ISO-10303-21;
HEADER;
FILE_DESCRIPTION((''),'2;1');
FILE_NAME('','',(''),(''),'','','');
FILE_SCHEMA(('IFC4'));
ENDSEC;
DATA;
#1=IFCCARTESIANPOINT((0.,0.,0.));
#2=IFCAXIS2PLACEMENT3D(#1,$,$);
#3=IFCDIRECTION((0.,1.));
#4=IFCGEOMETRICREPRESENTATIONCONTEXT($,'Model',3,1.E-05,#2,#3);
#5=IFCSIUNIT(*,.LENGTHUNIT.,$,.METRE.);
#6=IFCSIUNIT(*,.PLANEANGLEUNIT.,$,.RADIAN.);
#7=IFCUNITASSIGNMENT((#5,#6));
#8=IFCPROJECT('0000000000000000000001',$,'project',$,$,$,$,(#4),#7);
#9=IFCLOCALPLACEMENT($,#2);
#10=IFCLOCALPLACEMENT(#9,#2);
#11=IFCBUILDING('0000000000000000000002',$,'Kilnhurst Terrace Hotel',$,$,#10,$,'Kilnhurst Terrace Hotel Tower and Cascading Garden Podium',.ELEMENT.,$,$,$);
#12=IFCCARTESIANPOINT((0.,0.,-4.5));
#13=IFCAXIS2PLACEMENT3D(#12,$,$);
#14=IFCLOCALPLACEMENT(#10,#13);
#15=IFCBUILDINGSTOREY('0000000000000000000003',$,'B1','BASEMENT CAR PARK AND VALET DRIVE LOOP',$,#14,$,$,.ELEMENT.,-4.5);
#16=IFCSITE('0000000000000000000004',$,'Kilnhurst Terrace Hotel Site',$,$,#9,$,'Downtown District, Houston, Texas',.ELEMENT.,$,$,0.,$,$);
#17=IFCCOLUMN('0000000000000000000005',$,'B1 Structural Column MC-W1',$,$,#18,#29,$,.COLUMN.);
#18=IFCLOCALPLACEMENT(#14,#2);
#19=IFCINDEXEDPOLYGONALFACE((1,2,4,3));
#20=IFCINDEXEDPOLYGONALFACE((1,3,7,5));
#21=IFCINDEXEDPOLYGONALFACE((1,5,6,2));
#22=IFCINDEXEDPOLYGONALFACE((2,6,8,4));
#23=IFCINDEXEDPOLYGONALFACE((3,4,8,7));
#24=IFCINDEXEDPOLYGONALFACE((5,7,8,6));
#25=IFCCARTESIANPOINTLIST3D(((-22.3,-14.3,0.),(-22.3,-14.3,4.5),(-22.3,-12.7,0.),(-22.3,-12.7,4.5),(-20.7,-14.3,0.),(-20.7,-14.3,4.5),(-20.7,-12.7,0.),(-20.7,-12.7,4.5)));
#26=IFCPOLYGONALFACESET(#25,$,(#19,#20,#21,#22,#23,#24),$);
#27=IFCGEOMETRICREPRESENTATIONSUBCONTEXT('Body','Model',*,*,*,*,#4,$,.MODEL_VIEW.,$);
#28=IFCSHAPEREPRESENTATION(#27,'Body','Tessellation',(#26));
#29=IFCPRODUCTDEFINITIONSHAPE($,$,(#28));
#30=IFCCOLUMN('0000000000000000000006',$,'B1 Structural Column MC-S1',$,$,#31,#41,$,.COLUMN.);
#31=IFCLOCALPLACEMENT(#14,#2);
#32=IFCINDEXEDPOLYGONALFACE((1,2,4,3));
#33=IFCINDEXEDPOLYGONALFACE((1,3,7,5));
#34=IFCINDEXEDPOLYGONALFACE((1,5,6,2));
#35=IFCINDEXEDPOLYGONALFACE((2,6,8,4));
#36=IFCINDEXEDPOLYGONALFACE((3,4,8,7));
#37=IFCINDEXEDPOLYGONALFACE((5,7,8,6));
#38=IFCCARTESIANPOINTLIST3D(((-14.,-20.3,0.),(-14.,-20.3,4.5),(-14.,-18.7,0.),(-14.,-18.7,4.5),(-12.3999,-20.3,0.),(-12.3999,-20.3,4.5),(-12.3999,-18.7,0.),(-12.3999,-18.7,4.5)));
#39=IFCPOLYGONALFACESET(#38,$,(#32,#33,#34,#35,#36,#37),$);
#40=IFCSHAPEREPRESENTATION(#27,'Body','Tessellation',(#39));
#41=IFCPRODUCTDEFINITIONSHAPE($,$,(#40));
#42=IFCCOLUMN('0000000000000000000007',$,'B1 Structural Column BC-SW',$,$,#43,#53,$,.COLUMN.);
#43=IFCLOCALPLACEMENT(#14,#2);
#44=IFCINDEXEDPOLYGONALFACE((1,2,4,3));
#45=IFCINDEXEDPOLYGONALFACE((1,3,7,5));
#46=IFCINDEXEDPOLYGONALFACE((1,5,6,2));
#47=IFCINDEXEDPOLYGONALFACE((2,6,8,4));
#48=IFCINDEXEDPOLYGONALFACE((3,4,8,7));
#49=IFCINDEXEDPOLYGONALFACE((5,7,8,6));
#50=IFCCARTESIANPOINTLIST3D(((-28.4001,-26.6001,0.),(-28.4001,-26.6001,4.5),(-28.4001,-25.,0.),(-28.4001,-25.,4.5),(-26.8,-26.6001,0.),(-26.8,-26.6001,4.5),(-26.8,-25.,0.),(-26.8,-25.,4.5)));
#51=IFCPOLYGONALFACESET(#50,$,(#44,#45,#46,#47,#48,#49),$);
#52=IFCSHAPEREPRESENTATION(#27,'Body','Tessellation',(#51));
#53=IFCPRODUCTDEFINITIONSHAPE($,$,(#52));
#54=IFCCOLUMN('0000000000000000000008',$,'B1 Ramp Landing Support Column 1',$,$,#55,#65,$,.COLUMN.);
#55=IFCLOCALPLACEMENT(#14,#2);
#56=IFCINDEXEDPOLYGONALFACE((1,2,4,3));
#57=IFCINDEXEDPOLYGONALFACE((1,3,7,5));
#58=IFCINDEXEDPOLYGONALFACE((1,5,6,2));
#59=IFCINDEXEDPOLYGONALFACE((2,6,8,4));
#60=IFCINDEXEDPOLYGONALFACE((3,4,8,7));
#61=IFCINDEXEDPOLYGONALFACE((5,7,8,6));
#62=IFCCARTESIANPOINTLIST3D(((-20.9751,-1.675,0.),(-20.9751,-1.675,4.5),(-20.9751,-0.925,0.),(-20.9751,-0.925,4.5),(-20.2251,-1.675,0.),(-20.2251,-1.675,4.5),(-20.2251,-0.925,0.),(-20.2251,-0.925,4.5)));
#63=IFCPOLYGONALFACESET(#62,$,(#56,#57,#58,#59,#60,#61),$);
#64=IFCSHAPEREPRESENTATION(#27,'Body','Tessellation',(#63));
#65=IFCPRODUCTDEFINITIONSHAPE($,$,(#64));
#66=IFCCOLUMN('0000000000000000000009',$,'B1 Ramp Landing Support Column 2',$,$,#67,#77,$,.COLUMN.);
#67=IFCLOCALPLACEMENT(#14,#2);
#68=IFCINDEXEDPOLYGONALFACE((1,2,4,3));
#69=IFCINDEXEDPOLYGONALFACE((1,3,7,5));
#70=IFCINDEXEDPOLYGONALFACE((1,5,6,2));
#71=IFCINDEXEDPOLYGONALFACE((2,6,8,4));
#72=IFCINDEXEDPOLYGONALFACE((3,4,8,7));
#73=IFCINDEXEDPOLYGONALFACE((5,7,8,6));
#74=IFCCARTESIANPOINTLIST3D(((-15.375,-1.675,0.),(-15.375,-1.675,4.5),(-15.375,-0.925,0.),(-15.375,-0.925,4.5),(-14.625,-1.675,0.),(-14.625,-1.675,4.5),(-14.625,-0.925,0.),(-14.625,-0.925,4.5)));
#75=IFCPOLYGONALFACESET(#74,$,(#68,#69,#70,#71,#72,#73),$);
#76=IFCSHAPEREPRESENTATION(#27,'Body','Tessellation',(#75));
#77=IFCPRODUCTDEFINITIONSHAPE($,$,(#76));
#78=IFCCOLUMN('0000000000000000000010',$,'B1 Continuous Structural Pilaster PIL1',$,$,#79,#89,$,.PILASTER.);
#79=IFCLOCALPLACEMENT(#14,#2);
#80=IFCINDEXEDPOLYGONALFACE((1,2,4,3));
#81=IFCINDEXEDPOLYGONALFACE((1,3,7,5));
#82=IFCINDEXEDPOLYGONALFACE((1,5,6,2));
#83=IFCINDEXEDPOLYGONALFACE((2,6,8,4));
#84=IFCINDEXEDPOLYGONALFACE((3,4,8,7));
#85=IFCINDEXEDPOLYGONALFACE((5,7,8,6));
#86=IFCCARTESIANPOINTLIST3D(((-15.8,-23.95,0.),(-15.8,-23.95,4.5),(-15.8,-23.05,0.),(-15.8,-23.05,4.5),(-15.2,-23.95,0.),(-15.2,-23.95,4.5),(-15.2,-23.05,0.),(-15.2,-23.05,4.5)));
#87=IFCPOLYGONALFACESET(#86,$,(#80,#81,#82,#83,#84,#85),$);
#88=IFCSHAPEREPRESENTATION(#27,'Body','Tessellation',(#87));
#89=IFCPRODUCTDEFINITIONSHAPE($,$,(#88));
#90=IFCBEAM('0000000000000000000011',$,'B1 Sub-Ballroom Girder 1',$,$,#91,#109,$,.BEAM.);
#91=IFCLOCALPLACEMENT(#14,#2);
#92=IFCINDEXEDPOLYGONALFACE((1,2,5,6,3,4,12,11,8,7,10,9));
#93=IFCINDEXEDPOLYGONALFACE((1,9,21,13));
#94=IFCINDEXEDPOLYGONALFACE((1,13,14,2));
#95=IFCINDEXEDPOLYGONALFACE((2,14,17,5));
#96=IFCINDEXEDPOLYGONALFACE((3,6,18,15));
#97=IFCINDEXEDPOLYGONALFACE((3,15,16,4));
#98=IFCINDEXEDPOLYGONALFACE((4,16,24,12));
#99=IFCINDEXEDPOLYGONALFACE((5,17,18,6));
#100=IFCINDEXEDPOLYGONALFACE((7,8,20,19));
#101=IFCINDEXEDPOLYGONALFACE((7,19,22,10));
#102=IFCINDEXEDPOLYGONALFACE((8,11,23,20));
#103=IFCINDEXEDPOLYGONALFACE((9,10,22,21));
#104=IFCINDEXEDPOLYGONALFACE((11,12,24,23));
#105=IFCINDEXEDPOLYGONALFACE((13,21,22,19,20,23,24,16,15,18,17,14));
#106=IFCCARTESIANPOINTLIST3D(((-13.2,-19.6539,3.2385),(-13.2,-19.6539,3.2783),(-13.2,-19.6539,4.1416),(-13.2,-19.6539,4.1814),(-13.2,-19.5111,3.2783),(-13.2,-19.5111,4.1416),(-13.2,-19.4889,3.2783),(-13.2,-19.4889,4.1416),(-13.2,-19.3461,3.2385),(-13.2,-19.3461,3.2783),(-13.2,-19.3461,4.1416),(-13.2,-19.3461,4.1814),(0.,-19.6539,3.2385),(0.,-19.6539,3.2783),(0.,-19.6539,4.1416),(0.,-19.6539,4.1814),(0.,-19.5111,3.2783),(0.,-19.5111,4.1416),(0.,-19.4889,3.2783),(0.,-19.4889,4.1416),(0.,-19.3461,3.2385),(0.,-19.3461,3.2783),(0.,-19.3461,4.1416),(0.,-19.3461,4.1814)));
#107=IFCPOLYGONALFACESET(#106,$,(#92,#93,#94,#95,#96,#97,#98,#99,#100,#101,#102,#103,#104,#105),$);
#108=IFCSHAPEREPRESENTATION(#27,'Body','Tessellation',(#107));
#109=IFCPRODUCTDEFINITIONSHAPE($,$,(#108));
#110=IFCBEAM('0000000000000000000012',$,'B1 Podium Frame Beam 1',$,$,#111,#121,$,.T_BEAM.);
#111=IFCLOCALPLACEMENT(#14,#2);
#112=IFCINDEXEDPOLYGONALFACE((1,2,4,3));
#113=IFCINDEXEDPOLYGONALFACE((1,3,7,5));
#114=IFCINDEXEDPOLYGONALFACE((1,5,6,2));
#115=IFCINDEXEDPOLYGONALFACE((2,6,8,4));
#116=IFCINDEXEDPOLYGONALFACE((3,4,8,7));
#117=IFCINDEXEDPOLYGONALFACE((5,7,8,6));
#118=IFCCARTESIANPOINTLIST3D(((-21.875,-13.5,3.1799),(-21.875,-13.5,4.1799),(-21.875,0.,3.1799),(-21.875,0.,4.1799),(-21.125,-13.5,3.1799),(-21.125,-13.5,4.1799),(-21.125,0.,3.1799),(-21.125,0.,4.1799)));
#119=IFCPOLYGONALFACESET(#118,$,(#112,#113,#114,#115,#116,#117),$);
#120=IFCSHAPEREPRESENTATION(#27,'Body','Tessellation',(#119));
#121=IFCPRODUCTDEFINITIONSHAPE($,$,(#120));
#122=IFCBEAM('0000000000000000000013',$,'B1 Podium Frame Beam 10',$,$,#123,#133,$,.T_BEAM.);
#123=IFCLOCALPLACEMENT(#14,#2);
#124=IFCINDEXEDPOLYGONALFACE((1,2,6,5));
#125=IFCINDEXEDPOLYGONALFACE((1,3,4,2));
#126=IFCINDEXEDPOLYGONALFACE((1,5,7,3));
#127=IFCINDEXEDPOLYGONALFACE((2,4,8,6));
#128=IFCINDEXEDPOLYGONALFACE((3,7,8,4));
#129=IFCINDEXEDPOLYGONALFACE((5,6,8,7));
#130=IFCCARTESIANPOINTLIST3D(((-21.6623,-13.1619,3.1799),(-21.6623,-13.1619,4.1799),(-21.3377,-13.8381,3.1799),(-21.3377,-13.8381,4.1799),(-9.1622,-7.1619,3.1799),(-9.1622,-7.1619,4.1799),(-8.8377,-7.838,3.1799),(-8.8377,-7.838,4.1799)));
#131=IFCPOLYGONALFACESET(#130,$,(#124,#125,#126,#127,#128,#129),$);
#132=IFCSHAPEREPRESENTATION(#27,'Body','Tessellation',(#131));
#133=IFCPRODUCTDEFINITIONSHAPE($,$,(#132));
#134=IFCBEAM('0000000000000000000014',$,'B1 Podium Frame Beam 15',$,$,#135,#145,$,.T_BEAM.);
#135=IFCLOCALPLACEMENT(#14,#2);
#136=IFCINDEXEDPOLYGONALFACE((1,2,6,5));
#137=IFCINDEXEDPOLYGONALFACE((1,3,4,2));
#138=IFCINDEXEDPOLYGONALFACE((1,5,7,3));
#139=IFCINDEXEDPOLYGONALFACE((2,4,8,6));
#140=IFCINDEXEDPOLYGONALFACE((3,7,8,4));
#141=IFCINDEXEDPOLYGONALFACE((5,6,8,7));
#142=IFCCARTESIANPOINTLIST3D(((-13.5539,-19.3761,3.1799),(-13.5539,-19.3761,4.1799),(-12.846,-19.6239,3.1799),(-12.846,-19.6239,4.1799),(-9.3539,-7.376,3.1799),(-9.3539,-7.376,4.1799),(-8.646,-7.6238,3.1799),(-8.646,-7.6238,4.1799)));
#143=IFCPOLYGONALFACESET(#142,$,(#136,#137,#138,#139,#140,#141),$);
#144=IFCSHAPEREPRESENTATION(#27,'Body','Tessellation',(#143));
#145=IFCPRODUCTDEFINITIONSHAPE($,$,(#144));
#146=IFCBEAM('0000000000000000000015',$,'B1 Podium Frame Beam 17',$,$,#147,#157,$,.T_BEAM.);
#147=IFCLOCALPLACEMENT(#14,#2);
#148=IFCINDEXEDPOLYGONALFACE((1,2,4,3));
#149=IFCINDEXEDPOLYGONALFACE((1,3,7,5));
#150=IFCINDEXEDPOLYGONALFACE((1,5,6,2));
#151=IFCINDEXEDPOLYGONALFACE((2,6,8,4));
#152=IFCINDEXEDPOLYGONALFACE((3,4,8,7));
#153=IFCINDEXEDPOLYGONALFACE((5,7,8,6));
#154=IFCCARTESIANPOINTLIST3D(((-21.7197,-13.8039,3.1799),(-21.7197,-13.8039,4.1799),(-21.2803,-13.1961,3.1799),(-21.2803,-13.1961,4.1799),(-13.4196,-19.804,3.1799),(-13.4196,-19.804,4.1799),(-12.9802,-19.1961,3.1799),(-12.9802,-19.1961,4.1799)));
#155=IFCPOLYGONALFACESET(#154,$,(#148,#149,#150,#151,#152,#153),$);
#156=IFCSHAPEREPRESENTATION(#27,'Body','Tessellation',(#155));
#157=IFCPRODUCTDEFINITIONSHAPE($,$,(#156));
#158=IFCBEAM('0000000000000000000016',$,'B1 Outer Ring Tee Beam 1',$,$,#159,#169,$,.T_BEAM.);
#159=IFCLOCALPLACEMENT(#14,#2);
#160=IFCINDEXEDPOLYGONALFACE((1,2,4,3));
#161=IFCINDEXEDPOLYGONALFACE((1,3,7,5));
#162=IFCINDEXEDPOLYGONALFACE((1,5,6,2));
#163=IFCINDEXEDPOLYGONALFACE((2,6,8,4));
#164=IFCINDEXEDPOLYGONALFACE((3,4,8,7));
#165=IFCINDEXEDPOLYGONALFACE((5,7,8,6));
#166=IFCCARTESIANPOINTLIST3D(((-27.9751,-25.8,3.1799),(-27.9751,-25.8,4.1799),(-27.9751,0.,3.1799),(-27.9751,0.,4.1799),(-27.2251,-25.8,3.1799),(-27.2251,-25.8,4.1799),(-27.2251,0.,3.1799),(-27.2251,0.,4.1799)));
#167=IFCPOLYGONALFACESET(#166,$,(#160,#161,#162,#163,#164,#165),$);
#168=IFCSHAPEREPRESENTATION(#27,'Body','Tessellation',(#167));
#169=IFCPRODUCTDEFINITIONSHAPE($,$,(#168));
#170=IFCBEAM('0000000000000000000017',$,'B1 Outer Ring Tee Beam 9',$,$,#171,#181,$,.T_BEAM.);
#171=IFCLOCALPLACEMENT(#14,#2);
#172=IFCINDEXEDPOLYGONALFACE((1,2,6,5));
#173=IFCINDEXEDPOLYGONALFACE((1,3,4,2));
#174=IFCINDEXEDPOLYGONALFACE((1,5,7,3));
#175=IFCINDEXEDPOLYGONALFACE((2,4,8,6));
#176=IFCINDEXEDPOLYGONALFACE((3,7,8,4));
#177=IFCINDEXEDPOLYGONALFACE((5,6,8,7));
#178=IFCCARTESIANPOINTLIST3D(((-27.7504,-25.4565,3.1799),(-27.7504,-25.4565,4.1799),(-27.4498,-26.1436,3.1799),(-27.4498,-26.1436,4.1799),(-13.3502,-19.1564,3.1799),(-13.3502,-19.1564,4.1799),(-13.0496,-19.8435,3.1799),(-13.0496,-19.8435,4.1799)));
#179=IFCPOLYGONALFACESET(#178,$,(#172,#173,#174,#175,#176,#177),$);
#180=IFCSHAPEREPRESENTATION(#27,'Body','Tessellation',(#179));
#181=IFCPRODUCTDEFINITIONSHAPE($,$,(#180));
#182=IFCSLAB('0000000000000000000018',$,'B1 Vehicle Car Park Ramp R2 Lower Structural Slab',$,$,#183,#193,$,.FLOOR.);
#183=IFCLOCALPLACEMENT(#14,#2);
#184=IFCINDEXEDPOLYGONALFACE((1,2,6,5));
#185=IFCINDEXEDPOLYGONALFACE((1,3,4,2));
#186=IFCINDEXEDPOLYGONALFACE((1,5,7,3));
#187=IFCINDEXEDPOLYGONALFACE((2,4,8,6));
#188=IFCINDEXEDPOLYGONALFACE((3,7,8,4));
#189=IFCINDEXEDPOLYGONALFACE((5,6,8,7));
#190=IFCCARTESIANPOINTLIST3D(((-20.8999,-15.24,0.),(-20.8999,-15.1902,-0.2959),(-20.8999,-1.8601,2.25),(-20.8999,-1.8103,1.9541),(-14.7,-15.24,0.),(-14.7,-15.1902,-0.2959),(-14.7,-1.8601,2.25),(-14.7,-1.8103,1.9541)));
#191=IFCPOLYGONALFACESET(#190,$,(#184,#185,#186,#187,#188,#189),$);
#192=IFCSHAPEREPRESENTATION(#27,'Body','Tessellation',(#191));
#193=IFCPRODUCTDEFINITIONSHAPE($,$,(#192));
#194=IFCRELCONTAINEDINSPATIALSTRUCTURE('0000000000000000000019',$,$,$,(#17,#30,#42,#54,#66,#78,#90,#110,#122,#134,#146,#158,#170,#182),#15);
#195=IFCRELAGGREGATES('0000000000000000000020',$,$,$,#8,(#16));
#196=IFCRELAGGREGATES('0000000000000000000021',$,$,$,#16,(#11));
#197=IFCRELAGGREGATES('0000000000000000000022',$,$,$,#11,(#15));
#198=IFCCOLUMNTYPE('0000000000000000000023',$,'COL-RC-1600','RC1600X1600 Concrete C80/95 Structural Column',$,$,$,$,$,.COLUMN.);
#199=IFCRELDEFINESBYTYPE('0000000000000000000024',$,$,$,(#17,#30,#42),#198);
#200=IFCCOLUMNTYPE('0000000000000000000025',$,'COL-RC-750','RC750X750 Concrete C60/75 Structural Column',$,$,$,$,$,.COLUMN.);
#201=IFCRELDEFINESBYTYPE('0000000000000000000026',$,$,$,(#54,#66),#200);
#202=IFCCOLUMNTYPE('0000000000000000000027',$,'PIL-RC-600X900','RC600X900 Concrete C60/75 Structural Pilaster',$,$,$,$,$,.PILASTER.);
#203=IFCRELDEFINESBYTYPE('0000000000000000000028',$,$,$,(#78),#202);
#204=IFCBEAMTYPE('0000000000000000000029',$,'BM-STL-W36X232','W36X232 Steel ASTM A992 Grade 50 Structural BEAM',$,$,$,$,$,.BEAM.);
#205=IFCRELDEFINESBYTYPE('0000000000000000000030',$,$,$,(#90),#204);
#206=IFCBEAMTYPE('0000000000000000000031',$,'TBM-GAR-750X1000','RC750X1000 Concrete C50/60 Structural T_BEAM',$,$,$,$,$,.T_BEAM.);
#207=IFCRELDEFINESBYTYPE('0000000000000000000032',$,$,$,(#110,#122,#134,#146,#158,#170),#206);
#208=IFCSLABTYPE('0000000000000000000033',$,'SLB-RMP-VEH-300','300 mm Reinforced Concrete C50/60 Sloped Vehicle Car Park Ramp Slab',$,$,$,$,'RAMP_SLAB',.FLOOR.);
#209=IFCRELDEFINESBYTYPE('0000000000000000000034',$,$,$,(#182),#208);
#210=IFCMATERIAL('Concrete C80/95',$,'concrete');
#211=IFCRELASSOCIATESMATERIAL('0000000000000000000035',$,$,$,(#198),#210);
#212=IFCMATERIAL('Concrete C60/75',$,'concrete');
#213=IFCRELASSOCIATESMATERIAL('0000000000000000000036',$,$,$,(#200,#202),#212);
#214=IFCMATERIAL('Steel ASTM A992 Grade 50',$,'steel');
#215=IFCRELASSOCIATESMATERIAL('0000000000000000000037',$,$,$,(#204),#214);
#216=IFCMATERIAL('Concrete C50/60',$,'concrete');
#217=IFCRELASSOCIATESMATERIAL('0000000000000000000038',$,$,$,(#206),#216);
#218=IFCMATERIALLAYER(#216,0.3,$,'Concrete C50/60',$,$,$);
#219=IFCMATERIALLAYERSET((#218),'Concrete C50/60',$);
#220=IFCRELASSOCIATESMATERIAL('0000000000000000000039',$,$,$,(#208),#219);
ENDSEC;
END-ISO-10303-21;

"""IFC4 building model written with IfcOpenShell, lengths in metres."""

from ifc_helpers import new_model, si_unit, direction, frame, origin, origin_2d, place, context, subcontext, project, spatial, polyline, rectangle, i_section, outline, extrude, material, layer, layer_set, material_profile, profile_set, type_object, element, save


model = new_model("IFC4")

# Units and contexts
model_context = context("Model", 3, precision=1e-05, world=origin(), true_north=direction((0.0, 1.0)))
body_context = subcontext(model_context, "Body", "Model", "MODEL_VIEW")
ifc_project = project(units=[si_unit("LENGTHUNIT", "METRE"), si_unit("PLANEANGLEUNIT", "RADIAN")], contexts=[model_context])

# Site, building, storey
site_placement = place(None, origin())
site = spatial("IfcSite", under=ifc_project, at=site_placement, Name="Kilnhurst Terrace Hotel Site", LongName="Downtown District, Houston, Texas", CompositionType="ELEMENT", RefElevation=0.0)
building_placement = place(site_placement, origin())
building = spatial("IfcBuilding", under=site, at=building_placement, Name="Kilnhurst Terrace Hotel", LongName="Kilnhurst Terrace Hotel Tower and Cascading Garden Podium", CompositionType="ELEMENT")
storey_placement = place(building_placement, frame((0.0, 0.0, -4.5)))
storey = spatial("IfcBuildingStorey", under=building, at=storey_placement, Name="B1", Description="BASEMENT CAR PARK AND VALET DRIVE LOOP", CompositionType="ELEMENT", Elevation=-4.5)

# Columns
ifc_material_1 = material(Name="Concrete C80/95", Category="concrete")
ifc_material_profile_1 = material_profile(ifc_material_1, rectangle(XDim=1.6001, YDim=1.6001, at=origin_2d()), Name="RC1600X1600")
ifc_profile_set_1 = profile_set([ifc_material_profile_1], Name="Concrete C80/95")
column_type_1 = type_object("IfcColumnType", Name="COL-RC-1600", Description="RC1600X1600 Concrete C80/95 Structural Column", PredefinedType="COLUMN", material=ifc_profile_set_1)
for number, where, z_axis, x_axis, name in (
    (1, (-21.5, -13.5, 0.0), (0.0, 0.0, 1.0), (1.0, 0.0, 0.0), "B1 Structural Column MC-W1"),
    (2, (-13.2, -19.5, 0.0), (0.0, 0.0, 1.0), (1.0, 0.0, 0.0), "B1 Structural Column MC-S1"),
    (3, (-27.6001, -25.8, 0.0), (0.0, 0.0, 1.0), (1.0, 0.0, 0.0), "B1 Structural Column BC-SW"),
):
    element("IfcColumn", number, at=place(storey_placement, frame(where, z_axis=z_axis, x_axis=x_axis)), inside=storey, type_object=column_type_1, Name=name, PredefinedType="COLUMN", context=body_context, shape_type="SweptSolid", body=[
        extrude(rectangle(XDim=1.6001, YDim=1.6001, at=origin_2d()), origin(), (0.0, 0.0, 1.0), 4.5),
    ])
ifc_material_2 = material(Name="Concrete C60/75", Category="concrete")
ifc_material_profile_2 = material_profile(ifc_material_2, rectangle(XDim=0.75, YDim=0.75, at=origin_2d()), Name="RC750X750")
ifc_profile_set_2 = profile_set([ifc_material_profile_2], Name="Concrete C60/75")
column_type_2 = type_object("IfcColumnType", Name="COL-RC-750", Description="RC750X750 Concrete C60/75 Structural Column", PredefinedType="COLUMN", material=ifc_profile_set_2)
for number, where, z_axis, x_axis, name in (
    (4, (-20.6001, -1.3, 0.0), (0.0, 0.0, 1.0), (1.0, 0.0, 0.0), "B1 Ramp Landing Support Column 1"),
    (5, (-15.0, -1.3, 0.0), (0.0, 0.0, 1.0), (1.0, 0.0, 0.0), "B1 Ramp Landing Support Column 2"),
):
    element("IfcColumn", number, at=place(storey_placement, frame(where, z_axis=z_axis, x_axis=x_axis)), inside=storey, type_object=column_type_2, Name=name, PredefinedType="COLUMN", context=body_context, shape_type="SweptSolid", body=[
        extrude(rectangle(XDim=0.75, YDim=0.75, at=origin_2d()), origin(), (0.0, 0.0, 1.0), 4.5),
    ])
ifc_material_profile_3 = material_profile(ifc_material_2, rectangle(XDim=0.6001, YDim=0.8999, at=origin_2d()), Name="RC600X900")
ifc_profile_set_3 = profile_set([ifc_material_profile_3], Name="Concrete C60/75")
column_type_3 = type_object("IfcColumnType", Name="PIL-RC-600X900", Description="RC600X900 Concrete C60/75 Structural Pilaster", PredefinedType="PILASTER", material=ifc_profile_set_3)
column_placement = place(storey_placement, frame((-15.5, -23.5, 0.0), z_axis=(0.0, 0.0, 1.0), x_axis=(1.0, 0.0, 0.0)))
element("IfcColumn", 6, at=column_placement, inside=storey, type_object=column_type_3, Name="B1 Continuous Structural Pilaster PIL1", PredefinedType="PILASTER", context=body_context, shape_type="SweptSolid", body=[
    extrude(rectangle(XDim=0.6001, YDim=0.8999, at=origin_2d()), origin(), (0.0, 0.0, 1.0), 4.5),
])

# Beams
ifc_material_3 = material(Name="Steel ASTM A992 Grade 50", Category="steel")
ifc_material_profile_4 = material_profile(ifc_material_3, i_section(OverallWidth=0.3079, OverallDepth=0.9429, WebThickness=0.0222, FlangeThickness=0.0398, at=origin_2d()), Name="W36X232")
ifc_profile_set_4 = profile_set([ifc_material_profile_4], Name="Steel ASTM A992 Grade 50")
beam_type_1 = type_object("IfcBeamType", Name="BM-STL-W36X232", Description="W36X232 Steel ASTM A992 Grade 50 Structural BEAM", PredefinedType="BEAM", material=ifc_profile_set_4)
beam_1_placement = place(storey_placement, frame((-13.2, -19.5, 3.71), z_axis=(1.0, 0.0, 0.0), x_axis=(0.0, 1.0, 0.0)))
element("IfcBeam", 7, at=beam_1_placement, inside=storey, type_object=beam_type_1, Name="B1 Sub-Ballroom Girder 1", PredefinedType="BEAM", context=body_context, shape_type="SweptSolid", body=[
    extrude(i_section(OverallWidth=0.3079, OverallDepth=0.9429, WebThickness=0.0222, FlangeThickness=0.0398, at=origin_2d()), origin(), (0.0, 0.0, 1.0), 13.2),
])
ifc_material_4 = material(Name="Concrete C50/60", Category="concrete")
ifc_material_profile_5 = material_profile(ifc_material_4, rectangle(XDim=0.75, YDim=1.0, at=origin_2d()), Name="RC750X1000")
ifc_profile_set_5 = profile_set([ifc_material_profile_5], Name="Concrete C50/60")
beam_type_2 = type_object("IfcBeamType", Name="TBM-GAR-750X1000", Description="RC750X1000 Concrete C50/60 Structural T_BEAM", PredefinedType="T_BEAM", material=ifc_profile_set_5)
beam_2_placement = place(storey_placement, frame((-21.5, -13.5, 3.6799), z_axis=(0.0, 1.0, 0.0), x_axis=(-1.0, 0.0, 0.0)))
element("IfcBeam", 8, at=beam_2_placement, inside=storey, type_object=beam_type_2, Name="B1 Podium Frame Beam 1", PredefinedType="T_BEAM", context=body_context, shape_type="SweptSolid", body=[
    extrude(rectangle(XDim=0.75, YDim=1.0, at=origin_2d()), origin(), (0.0, 0.0, 1.0), 13.5),
])
beam_3_placement = place(storey_placement, frame((-21.5, -13.5, 3.6799), z_axis=(0.901523, 0.432731, 0.0), x_axis=(-0.432731, 0.901523, 0.0)))
element("IfcBeam", 9, at=beam_3_placement, inside=storey, type_object=beam_type_2, Name="B1 Podium Frame Beam 10", PredefinedType="T_BEAM", context=body_context, shape_type="SweptSolid", body=[
    extrude(rectangle(XDim=0.75, YDim=1.0, at=origin_2d()), origin(), (0.0, 0.0, 1.0), 13.8655),
])
beam_4_placement = place(storey_placement, frame((-13.2, -19.5, 3.6799), z_axis=(0.330347, 0.94386, 0.0), x_axis=(-0.94386, 0.330347, 0.0)))
element("IfcBeam", 10, at=beam_4_placement, inside=storey, type_object=beam_type_2, Name="B1 Podium Frame Beam 15", PredefinedType="T_BEAM", context=body_context, shape_type="SweptSolid", body=[
    extrude(rectangle(XDim=0.75, YDim=1.0, at=origin_2d()), origin(), (0.0, 0.0, 1.0), 12.7139),
])
beam_5_placement = place(storey_placement, frame((-21.5, -13.5, 3.6799), z_axis=(0.810423, -0.585845, 0.0), x_axis=(0.585845, 0.810423, 0.0)))
element("IfcBeam", 11, at=beam_5_placement, inside=storey, type_object=beam_type_2, Name="B1 Podium Frame Beam 17", PredefinedType="T_BEAM", context=body_context, shape_type="SweptSolid", body=[
    extrude(rectangle(XDim=0.75, YDim=1.0, at=origin_2d()), origin(), (0.0, 0.0, 1.0), 10.2417),
])
beam_6_placement = place(storey_placement, frame((-27.6001, -25.8, 3.6799), z_axis=(0.0, 1.0, 0.0), x_axis=(-1.0, 0.0, 0.0)))
element("IfcBeam", 12, at=beam_6_placement, inside=storey, type_object=beam_type_2, Name="B1 Outer Ring Tee Beam 1", PredefinedType="T_BEAM", context=body_context, shape_type="SweptSolid", body=[
    extrude(rectangle(XDim=0.75, YDim=1.0, at=origin_2d()), origin(), (0.0, 0.0, 1.0), 25.8),
])
beam_7_placement = place(storey_placement, frame((-27.6001, -25.8, 3.6799), z_axis=(0.916158, 0.400818, 0.0), x_axis=(-0.400818, 0.916158, 0.0)))
element("IfcBeam", 13, at=beam_7_placement, inside=storey, type_object=beam_type_2, Name="B1 Outer Ring Tee Beam 9", PredefinedType="T_BEAM", context=body_context, shape_type="SweptSolid", body=[
    extrude(rectangle(XDim=0.75, YDim=1.0, at=origin_2d()), origin(), (0.0, 0.0, 1.0), 15.718),
])

# Slab
ifc_layer_1 = layer(ifc_material_4, 0.3, Name="Concrete C50/60")
ifc_layer_set_1 = layer_set([ifc_layer_1], Name="Concrete C50/60")
slab_type = type_object("IfcSlabType", Name="SLB-RMP-VEH-300", Description="300 mm Reinforced Concrete C50/60 Sloped Vehicle Car Park Ramp Slab", ElementType="RAMP_SLAB", PredefinedType="FLOOR", material=ifc_layer_set_1)
slab_placement = place(storey_placement, frame((-20.8999, -15.24, 0.0), z_axis=(0.0, -0.165834, 0.986154), x_axis=(1.0, 0.0, 0.0)))
element("IfcSlab", 14, at=slab_placement, inside=storey, type_object=slab_type, Name="B1 Vehicle Car Park Ramp R2 Lower Structural Slab", PredefinedType="FLOOR", context=body_context, shape_type="SweptSolid", body=[
    extrude(outline(polyline([(0.0, 0.0), (6.2, 0.0), (6.2, 13.5677), (0.0, 13.5677), (0.0, 0.0)])), origin(), (0.0, 0.0, -1.0), 0.3),
])

save(model, "model.ifc")
